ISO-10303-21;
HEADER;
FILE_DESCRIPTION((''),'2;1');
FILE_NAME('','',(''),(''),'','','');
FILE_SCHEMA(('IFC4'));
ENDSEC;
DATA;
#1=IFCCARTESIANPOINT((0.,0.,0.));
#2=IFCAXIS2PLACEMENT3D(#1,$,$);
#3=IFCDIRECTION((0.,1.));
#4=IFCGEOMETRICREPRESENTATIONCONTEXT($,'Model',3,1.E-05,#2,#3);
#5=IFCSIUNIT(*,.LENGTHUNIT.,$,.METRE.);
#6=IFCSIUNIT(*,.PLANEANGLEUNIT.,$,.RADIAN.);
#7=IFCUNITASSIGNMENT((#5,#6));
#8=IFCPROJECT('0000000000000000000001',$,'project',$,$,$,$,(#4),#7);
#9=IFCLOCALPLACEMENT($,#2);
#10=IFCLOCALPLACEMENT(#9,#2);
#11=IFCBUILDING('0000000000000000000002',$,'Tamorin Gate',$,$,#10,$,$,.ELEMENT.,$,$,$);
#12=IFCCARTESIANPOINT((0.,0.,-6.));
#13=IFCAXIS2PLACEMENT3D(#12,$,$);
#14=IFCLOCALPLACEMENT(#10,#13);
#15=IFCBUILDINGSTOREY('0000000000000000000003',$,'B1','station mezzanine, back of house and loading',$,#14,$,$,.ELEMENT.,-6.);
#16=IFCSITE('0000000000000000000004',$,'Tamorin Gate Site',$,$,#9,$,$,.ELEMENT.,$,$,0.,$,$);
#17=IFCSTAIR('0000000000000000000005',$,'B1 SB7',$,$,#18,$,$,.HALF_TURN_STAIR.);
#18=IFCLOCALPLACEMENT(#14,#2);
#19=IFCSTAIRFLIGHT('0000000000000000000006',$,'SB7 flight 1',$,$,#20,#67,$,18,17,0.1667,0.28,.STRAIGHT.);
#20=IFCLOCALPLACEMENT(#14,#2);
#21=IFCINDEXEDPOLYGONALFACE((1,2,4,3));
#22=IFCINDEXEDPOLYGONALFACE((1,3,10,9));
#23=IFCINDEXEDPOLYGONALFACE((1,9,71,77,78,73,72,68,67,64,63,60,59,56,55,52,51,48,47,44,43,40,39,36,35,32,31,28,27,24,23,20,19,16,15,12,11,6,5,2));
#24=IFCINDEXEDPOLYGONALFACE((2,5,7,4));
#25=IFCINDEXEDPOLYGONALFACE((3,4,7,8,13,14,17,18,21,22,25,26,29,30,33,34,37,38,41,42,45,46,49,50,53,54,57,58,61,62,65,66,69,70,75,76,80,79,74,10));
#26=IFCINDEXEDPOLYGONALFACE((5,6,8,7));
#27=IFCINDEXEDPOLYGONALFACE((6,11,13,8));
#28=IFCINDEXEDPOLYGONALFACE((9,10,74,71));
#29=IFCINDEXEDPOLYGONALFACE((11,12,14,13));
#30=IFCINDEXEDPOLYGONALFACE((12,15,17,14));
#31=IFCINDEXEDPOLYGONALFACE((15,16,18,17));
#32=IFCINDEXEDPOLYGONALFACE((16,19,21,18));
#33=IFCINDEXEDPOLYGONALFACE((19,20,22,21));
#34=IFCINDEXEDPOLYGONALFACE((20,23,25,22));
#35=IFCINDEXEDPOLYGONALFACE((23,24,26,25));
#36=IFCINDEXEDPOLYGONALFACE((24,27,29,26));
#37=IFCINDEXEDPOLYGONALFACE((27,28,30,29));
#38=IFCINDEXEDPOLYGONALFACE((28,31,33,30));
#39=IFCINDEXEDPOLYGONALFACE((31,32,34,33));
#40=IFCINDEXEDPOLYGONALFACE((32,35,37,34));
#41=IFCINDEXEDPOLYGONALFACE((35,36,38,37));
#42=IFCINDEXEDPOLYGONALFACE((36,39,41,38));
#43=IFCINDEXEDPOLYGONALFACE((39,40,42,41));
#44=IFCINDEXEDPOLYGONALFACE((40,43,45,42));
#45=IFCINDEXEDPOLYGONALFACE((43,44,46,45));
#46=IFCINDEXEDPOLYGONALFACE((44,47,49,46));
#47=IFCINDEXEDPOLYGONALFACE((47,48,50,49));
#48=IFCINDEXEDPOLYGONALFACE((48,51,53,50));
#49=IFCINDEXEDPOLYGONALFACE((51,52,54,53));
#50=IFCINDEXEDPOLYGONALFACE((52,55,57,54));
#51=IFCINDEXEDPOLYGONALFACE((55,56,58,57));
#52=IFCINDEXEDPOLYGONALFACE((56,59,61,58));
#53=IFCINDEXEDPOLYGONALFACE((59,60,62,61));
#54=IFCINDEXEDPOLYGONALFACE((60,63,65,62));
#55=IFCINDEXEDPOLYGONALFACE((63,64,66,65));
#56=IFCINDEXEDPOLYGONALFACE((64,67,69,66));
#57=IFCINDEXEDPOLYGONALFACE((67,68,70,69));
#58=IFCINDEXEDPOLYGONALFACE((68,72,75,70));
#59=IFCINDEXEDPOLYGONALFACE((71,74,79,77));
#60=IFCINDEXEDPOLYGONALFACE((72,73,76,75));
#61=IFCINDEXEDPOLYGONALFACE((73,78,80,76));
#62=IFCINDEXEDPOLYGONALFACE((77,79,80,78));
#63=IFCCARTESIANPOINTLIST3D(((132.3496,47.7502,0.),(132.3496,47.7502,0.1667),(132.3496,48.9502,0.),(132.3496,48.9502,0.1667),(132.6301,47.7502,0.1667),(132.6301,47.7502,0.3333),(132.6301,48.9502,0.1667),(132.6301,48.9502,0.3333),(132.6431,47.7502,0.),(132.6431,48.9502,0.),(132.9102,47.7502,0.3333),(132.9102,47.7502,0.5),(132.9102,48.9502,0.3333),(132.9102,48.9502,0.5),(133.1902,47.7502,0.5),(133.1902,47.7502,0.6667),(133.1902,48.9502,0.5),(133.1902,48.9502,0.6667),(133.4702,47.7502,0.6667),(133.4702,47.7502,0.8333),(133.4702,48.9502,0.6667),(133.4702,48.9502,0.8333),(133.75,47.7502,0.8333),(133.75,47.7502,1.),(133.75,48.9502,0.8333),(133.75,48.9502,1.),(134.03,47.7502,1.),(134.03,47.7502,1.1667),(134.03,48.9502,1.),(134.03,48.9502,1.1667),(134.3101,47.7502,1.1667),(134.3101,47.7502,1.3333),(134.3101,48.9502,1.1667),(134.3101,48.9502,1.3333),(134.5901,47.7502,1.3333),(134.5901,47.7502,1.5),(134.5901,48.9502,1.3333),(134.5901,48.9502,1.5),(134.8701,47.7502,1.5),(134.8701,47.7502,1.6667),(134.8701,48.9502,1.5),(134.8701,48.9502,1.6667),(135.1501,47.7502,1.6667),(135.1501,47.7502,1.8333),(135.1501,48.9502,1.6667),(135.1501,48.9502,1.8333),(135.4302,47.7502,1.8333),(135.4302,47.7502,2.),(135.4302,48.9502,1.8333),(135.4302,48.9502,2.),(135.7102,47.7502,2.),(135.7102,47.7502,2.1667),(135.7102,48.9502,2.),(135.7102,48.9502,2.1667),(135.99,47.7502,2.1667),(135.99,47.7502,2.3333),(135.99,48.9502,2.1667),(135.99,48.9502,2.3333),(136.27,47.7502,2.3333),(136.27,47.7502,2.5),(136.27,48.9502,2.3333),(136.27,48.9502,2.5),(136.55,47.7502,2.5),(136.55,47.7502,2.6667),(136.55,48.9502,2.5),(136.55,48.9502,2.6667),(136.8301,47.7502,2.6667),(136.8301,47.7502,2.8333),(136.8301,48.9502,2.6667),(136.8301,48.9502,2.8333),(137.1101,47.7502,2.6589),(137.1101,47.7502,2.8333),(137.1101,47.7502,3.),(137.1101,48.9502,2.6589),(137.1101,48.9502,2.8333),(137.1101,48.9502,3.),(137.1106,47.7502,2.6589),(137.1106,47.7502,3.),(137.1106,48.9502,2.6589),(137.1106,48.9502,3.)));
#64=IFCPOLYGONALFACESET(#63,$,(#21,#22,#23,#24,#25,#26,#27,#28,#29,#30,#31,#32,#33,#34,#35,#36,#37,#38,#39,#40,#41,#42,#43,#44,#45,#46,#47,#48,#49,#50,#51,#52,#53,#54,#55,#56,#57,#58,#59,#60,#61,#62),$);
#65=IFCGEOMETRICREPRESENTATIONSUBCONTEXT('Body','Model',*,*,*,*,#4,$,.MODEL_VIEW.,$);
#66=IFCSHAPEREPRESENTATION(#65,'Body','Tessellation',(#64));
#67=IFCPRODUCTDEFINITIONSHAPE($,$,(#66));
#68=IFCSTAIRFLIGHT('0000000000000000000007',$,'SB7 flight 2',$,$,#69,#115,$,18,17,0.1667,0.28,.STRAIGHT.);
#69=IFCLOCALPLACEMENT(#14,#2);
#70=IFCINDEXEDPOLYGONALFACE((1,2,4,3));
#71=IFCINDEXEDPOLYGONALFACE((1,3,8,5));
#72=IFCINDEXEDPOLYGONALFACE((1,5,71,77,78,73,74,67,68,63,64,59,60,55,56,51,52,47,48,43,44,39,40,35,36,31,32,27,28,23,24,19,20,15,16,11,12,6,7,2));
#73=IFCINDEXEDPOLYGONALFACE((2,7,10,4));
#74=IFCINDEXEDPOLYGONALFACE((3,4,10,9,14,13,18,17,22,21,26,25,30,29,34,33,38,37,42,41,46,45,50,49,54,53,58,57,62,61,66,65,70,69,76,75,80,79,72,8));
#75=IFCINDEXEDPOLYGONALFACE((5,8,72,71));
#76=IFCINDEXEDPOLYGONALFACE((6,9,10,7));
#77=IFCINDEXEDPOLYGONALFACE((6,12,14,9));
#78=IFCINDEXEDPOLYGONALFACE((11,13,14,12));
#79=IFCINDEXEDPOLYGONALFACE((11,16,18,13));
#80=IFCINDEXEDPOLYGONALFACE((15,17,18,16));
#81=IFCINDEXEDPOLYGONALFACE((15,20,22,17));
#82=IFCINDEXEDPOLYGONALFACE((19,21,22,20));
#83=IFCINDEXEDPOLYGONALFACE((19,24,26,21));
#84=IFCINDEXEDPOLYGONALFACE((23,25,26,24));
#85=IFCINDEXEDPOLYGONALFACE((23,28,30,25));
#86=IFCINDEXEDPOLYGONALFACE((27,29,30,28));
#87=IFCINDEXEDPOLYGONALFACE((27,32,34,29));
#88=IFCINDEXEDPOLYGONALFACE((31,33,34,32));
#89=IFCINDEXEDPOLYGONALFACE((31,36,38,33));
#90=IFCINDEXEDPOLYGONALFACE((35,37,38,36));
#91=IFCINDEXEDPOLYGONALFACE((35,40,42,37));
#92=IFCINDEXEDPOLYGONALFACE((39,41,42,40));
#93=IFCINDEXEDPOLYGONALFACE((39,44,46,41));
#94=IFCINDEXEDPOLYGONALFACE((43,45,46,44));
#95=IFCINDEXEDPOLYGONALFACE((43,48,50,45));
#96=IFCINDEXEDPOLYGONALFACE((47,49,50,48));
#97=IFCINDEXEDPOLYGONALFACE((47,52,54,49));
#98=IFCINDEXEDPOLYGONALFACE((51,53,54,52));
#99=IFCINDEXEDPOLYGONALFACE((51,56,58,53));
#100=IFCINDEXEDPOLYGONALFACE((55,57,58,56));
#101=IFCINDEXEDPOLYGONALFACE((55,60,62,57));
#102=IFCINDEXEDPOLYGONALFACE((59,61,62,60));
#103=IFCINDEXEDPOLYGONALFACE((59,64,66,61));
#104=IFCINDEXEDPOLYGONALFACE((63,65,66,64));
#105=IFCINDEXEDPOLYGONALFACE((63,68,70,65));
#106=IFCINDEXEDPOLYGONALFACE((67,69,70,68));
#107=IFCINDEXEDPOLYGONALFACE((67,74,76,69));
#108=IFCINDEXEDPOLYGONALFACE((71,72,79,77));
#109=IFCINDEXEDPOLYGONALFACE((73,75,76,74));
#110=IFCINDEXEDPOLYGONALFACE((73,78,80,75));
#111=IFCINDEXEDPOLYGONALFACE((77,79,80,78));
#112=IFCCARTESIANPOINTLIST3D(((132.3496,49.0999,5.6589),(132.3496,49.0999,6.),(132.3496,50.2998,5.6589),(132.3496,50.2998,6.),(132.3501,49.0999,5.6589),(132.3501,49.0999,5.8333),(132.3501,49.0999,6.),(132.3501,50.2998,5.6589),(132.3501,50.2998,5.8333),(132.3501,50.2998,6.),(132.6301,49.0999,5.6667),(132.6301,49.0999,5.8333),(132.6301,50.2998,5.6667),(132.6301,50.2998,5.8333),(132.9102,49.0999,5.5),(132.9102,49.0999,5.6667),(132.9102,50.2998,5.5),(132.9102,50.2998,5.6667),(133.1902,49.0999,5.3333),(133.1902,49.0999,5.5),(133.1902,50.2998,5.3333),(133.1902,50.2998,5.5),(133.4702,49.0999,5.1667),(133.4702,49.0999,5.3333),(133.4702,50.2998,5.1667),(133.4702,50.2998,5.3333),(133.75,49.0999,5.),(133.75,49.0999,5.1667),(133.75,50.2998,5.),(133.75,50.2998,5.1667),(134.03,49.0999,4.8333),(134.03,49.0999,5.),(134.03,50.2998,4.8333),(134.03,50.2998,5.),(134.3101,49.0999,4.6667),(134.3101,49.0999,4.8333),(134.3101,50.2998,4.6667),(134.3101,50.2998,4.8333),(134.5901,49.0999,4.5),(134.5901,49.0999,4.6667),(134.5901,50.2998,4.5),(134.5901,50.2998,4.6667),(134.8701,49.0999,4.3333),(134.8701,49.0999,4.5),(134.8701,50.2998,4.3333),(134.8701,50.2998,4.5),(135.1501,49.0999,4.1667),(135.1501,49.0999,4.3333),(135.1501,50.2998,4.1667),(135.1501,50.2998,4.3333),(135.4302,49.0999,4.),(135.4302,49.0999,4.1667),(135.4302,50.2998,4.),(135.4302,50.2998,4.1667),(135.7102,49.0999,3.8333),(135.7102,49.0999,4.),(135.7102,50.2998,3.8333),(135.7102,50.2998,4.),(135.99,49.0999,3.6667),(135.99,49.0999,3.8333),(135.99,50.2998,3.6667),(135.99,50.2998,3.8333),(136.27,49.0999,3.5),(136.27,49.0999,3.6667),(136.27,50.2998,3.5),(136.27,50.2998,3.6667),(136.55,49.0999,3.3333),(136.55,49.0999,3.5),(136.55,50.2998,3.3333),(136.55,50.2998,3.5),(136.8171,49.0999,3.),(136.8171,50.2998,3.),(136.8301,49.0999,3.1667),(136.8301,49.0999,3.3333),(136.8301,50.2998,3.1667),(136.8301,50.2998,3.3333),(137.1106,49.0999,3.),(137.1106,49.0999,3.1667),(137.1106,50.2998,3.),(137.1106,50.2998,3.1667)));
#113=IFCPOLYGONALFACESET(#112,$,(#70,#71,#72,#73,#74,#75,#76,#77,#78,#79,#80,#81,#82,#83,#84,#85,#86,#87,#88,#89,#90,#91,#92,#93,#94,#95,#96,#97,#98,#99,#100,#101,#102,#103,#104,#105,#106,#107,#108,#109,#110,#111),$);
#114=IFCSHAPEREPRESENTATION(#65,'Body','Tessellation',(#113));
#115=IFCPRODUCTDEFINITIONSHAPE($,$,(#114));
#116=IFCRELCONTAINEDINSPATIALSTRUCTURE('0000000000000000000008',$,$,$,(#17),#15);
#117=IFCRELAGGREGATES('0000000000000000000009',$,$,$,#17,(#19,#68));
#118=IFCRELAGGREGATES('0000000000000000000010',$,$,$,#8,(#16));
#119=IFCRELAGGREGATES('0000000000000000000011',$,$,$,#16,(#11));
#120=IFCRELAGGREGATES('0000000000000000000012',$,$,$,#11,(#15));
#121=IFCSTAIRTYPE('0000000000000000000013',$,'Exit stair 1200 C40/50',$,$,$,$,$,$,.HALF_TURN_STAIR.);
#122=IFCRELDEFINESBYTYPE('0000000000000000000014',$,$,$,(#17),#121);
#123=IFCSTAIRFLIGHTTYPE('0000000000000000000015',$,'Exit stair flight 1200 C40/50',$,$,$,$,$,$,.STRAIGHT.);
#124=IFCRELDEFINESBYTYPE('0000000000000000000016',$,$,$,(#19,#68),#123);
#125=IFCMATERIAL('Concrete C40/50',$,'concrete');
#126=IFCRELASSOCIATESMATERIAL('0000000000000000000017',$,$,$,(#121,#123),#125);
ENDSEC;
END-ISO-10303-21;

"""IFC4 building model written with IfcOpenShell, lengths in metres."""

from ifc_helpers import new_model, si_unit, direction, frame, origin, place, context, subcontext, project, spatial, polyline, outline, extrude, material, type_object, element, aggregate, save


model = new_model("IFC4")

# Units and contexts
model_context = context("Model", 3, precision=1e-05, world=origin(), true_north=direction((0.0, 1.0)))
body_context = subcontext(model_context, "Body", "Model", "MODEL_VIEW")
ifc_project = project(units=[si_unit("LENGTHUNIT", "METRE"), si_unit("PLANEANGLEUNIT", "RADIAN")], contexts=[model_context])

# Site, building, storey
site_placement = place(None, origin())
site = spatial("IfcSite", under=ifc_project, at=site_placement, Name="Tamorin Gate Site", CompositionType="ELEMENT", RefElevation=0.0)
building_placement = place(site_placement, origin())
building = spatial("IfcBuilding", under=site, at=building_placement, Name="Tamorin Gate", CompositionType="ELEMENT")
storey_placement = place(building_placement, frame((0.0, 0.0, -6.0)))
storey = spatial("IfcBuildingStorey", under=building, at=storey_placement, Name="B1", Description="station mezzanine, back of house and loading", CompositionType="ELEMENT", Elevation=-6.0)

# Shared definitions
ifc_material_1 = material(Name="Concrete C40/50", Category="concrete")

# Stair, stair flights
stair_type = type_object("IfcStairType", Name="Exit stair 1200 C40/50", PredefinedType="HALF_TURN_STAIR", material=ifc_material_1)
stair_placement = place(storey_placement, origin())
stair = element("IfcStair", 1, at=stair_placement, inside=storey, type_object=stair_type, Name="B1 SB7", PredefinedType="HALF_TURN_STAIR")
stair_flight_type = type_object("IfcStairFlightType", Name="Exit stair flight 1200 C40/50", PredefinedType="STRAIGHT", material=ifc_material_1)
stair_flight_1_placement = place(storey_placement, frame((132.3501, 48.3501, 0.0), z_axis=(0.0, 0.0, 1.0), x_axis=(1.0, 0.0, 0.0)))
stair_flight_1 = element("IfcStairFlight", 2, at=stair_flight_1_placement, type_object=stair_flight_type, Name="SB7 flight 1", NumberOfRisers=18, NumberOfTreads=17, PredefinedType="STRAIGHT", RiserHeight=0.1667, TreadLength=0.28, context=body_context, shape_type="SweptSolid", body=[
    extrude(outline(polyline([(-0.0005, 0.0), (-0.0005, 0.1667), (0.28, 0.1667), (0.28, 0.3333), (0.5601, 0.3333), (0.5601, 0.5), (0.8401, 0.5), (0.8401, 0.6667), (1.1201, 0.6667), (1.1201, 0.8333), (1.3999, 0.8333), (1.3999, 1.0), (1.6799, 1.0), (1.6799, 1.1667), (1.96, 1.1667), (1.96, 1.3333), (2.24, 1.3333), (2.24, 1.5), (2.52, 1.5), (2.52, 1.6667), (2.8, 1.6667), (2.8, 1.8333), (3.0801, 1.8333), (3.0801, 2.0), (3.3601, 2.0), (3.3601, 2.1667), (3.6399, 2.1667), (3.6399, 2.3333), (3.9199, 2.3333), (3.9199, 2.5), (4.2, 2.5), (4.2, 2.6667), (4.48, 2.6667), (4.48, 2.8333), (4.76, 2.8333), (4.76, 3.0), (4.7605, 3.0), (4.7605, 2.6589), (4.76, 2.6589), (0.293, 0.0), (-0.0005, 0.0)])), frame((0.0, 0.6001, 0.0), z_axis=(0.0, -1.0, 0.0), x_axis=(1.0, 0.0, 0.0)), (0.0, 0.0, 1.0), 1.2),
])
stair_flight_2_placement = place(storey_placement, frame((137.1101, 49.7, 3.0), z_axis=(0.0, 0.0, 1.0), x_axis=(-1.0, 0.0, 0.0)))
stair_flight_2 = element("IfcStairFlight", 3, at=stair_flight_2_placement, type_object=stair_flight_type, Name="SB7 flight 2", NumberOfRisers=18, NumberOfTreads=17, PredefinedType="STRAIGHT", RiserHeight=0.1667, TreadLength=0.28, context=body_context, shape_type="SweptSolid", body=[
    extrude(outline(polyline([(-0.0005, 0.0), (-0.0005, 0.1667), (0.28, 0.1667), (0.28, 0.3333), (0.5601, 0.3333), (0.5601, 0.5), (0.8401, 0.5), (0.8401, 0.6667), (1.1201, 0.6667), (1.1201, 0.8333), (1.3999, 0.8333), (1.3999, 1.0), (1.6799, 1.0), (1.6799, 1.1667), (1.96, 1.1667), (1.96, 1.3333), (2.24, 1.3333), (2.24, 1.5), (2.52, 1.5), (2.52, 1.6667), (2.8, 1.6667), (2.8, 1.8333), (3.0801, 1.8333), (3.0801, 2.0), (3.3601, 2.0), (3.3601, 2.1667), (3.6399, 2.1667), (3.6399, 2.3333), (3.9199, 2.3333), (3.9199, 2.5), (4.2, 2.5), (4.2, 2.6667), (4.48, 2.6667), (4.48, 2.8333), (4.76, 2.8333), (4.76, 3.0), (4.7605, 3.0), (4.7605, 2.6589), (4.76, 2.6589), (0.293, 0.0), (-0.0005, 0.0)])), frame((0.0, 0.6001, 0.0), z_axis=(0.0, -1.0, 0.0), x_axis=(1.0, 0.0, 0.0)), (0.0, 0.0, 1.0), 1.2),
])
aggregate(stair, [stair_flight_1, stair_flight_2])

save(model, "model.ifc")
